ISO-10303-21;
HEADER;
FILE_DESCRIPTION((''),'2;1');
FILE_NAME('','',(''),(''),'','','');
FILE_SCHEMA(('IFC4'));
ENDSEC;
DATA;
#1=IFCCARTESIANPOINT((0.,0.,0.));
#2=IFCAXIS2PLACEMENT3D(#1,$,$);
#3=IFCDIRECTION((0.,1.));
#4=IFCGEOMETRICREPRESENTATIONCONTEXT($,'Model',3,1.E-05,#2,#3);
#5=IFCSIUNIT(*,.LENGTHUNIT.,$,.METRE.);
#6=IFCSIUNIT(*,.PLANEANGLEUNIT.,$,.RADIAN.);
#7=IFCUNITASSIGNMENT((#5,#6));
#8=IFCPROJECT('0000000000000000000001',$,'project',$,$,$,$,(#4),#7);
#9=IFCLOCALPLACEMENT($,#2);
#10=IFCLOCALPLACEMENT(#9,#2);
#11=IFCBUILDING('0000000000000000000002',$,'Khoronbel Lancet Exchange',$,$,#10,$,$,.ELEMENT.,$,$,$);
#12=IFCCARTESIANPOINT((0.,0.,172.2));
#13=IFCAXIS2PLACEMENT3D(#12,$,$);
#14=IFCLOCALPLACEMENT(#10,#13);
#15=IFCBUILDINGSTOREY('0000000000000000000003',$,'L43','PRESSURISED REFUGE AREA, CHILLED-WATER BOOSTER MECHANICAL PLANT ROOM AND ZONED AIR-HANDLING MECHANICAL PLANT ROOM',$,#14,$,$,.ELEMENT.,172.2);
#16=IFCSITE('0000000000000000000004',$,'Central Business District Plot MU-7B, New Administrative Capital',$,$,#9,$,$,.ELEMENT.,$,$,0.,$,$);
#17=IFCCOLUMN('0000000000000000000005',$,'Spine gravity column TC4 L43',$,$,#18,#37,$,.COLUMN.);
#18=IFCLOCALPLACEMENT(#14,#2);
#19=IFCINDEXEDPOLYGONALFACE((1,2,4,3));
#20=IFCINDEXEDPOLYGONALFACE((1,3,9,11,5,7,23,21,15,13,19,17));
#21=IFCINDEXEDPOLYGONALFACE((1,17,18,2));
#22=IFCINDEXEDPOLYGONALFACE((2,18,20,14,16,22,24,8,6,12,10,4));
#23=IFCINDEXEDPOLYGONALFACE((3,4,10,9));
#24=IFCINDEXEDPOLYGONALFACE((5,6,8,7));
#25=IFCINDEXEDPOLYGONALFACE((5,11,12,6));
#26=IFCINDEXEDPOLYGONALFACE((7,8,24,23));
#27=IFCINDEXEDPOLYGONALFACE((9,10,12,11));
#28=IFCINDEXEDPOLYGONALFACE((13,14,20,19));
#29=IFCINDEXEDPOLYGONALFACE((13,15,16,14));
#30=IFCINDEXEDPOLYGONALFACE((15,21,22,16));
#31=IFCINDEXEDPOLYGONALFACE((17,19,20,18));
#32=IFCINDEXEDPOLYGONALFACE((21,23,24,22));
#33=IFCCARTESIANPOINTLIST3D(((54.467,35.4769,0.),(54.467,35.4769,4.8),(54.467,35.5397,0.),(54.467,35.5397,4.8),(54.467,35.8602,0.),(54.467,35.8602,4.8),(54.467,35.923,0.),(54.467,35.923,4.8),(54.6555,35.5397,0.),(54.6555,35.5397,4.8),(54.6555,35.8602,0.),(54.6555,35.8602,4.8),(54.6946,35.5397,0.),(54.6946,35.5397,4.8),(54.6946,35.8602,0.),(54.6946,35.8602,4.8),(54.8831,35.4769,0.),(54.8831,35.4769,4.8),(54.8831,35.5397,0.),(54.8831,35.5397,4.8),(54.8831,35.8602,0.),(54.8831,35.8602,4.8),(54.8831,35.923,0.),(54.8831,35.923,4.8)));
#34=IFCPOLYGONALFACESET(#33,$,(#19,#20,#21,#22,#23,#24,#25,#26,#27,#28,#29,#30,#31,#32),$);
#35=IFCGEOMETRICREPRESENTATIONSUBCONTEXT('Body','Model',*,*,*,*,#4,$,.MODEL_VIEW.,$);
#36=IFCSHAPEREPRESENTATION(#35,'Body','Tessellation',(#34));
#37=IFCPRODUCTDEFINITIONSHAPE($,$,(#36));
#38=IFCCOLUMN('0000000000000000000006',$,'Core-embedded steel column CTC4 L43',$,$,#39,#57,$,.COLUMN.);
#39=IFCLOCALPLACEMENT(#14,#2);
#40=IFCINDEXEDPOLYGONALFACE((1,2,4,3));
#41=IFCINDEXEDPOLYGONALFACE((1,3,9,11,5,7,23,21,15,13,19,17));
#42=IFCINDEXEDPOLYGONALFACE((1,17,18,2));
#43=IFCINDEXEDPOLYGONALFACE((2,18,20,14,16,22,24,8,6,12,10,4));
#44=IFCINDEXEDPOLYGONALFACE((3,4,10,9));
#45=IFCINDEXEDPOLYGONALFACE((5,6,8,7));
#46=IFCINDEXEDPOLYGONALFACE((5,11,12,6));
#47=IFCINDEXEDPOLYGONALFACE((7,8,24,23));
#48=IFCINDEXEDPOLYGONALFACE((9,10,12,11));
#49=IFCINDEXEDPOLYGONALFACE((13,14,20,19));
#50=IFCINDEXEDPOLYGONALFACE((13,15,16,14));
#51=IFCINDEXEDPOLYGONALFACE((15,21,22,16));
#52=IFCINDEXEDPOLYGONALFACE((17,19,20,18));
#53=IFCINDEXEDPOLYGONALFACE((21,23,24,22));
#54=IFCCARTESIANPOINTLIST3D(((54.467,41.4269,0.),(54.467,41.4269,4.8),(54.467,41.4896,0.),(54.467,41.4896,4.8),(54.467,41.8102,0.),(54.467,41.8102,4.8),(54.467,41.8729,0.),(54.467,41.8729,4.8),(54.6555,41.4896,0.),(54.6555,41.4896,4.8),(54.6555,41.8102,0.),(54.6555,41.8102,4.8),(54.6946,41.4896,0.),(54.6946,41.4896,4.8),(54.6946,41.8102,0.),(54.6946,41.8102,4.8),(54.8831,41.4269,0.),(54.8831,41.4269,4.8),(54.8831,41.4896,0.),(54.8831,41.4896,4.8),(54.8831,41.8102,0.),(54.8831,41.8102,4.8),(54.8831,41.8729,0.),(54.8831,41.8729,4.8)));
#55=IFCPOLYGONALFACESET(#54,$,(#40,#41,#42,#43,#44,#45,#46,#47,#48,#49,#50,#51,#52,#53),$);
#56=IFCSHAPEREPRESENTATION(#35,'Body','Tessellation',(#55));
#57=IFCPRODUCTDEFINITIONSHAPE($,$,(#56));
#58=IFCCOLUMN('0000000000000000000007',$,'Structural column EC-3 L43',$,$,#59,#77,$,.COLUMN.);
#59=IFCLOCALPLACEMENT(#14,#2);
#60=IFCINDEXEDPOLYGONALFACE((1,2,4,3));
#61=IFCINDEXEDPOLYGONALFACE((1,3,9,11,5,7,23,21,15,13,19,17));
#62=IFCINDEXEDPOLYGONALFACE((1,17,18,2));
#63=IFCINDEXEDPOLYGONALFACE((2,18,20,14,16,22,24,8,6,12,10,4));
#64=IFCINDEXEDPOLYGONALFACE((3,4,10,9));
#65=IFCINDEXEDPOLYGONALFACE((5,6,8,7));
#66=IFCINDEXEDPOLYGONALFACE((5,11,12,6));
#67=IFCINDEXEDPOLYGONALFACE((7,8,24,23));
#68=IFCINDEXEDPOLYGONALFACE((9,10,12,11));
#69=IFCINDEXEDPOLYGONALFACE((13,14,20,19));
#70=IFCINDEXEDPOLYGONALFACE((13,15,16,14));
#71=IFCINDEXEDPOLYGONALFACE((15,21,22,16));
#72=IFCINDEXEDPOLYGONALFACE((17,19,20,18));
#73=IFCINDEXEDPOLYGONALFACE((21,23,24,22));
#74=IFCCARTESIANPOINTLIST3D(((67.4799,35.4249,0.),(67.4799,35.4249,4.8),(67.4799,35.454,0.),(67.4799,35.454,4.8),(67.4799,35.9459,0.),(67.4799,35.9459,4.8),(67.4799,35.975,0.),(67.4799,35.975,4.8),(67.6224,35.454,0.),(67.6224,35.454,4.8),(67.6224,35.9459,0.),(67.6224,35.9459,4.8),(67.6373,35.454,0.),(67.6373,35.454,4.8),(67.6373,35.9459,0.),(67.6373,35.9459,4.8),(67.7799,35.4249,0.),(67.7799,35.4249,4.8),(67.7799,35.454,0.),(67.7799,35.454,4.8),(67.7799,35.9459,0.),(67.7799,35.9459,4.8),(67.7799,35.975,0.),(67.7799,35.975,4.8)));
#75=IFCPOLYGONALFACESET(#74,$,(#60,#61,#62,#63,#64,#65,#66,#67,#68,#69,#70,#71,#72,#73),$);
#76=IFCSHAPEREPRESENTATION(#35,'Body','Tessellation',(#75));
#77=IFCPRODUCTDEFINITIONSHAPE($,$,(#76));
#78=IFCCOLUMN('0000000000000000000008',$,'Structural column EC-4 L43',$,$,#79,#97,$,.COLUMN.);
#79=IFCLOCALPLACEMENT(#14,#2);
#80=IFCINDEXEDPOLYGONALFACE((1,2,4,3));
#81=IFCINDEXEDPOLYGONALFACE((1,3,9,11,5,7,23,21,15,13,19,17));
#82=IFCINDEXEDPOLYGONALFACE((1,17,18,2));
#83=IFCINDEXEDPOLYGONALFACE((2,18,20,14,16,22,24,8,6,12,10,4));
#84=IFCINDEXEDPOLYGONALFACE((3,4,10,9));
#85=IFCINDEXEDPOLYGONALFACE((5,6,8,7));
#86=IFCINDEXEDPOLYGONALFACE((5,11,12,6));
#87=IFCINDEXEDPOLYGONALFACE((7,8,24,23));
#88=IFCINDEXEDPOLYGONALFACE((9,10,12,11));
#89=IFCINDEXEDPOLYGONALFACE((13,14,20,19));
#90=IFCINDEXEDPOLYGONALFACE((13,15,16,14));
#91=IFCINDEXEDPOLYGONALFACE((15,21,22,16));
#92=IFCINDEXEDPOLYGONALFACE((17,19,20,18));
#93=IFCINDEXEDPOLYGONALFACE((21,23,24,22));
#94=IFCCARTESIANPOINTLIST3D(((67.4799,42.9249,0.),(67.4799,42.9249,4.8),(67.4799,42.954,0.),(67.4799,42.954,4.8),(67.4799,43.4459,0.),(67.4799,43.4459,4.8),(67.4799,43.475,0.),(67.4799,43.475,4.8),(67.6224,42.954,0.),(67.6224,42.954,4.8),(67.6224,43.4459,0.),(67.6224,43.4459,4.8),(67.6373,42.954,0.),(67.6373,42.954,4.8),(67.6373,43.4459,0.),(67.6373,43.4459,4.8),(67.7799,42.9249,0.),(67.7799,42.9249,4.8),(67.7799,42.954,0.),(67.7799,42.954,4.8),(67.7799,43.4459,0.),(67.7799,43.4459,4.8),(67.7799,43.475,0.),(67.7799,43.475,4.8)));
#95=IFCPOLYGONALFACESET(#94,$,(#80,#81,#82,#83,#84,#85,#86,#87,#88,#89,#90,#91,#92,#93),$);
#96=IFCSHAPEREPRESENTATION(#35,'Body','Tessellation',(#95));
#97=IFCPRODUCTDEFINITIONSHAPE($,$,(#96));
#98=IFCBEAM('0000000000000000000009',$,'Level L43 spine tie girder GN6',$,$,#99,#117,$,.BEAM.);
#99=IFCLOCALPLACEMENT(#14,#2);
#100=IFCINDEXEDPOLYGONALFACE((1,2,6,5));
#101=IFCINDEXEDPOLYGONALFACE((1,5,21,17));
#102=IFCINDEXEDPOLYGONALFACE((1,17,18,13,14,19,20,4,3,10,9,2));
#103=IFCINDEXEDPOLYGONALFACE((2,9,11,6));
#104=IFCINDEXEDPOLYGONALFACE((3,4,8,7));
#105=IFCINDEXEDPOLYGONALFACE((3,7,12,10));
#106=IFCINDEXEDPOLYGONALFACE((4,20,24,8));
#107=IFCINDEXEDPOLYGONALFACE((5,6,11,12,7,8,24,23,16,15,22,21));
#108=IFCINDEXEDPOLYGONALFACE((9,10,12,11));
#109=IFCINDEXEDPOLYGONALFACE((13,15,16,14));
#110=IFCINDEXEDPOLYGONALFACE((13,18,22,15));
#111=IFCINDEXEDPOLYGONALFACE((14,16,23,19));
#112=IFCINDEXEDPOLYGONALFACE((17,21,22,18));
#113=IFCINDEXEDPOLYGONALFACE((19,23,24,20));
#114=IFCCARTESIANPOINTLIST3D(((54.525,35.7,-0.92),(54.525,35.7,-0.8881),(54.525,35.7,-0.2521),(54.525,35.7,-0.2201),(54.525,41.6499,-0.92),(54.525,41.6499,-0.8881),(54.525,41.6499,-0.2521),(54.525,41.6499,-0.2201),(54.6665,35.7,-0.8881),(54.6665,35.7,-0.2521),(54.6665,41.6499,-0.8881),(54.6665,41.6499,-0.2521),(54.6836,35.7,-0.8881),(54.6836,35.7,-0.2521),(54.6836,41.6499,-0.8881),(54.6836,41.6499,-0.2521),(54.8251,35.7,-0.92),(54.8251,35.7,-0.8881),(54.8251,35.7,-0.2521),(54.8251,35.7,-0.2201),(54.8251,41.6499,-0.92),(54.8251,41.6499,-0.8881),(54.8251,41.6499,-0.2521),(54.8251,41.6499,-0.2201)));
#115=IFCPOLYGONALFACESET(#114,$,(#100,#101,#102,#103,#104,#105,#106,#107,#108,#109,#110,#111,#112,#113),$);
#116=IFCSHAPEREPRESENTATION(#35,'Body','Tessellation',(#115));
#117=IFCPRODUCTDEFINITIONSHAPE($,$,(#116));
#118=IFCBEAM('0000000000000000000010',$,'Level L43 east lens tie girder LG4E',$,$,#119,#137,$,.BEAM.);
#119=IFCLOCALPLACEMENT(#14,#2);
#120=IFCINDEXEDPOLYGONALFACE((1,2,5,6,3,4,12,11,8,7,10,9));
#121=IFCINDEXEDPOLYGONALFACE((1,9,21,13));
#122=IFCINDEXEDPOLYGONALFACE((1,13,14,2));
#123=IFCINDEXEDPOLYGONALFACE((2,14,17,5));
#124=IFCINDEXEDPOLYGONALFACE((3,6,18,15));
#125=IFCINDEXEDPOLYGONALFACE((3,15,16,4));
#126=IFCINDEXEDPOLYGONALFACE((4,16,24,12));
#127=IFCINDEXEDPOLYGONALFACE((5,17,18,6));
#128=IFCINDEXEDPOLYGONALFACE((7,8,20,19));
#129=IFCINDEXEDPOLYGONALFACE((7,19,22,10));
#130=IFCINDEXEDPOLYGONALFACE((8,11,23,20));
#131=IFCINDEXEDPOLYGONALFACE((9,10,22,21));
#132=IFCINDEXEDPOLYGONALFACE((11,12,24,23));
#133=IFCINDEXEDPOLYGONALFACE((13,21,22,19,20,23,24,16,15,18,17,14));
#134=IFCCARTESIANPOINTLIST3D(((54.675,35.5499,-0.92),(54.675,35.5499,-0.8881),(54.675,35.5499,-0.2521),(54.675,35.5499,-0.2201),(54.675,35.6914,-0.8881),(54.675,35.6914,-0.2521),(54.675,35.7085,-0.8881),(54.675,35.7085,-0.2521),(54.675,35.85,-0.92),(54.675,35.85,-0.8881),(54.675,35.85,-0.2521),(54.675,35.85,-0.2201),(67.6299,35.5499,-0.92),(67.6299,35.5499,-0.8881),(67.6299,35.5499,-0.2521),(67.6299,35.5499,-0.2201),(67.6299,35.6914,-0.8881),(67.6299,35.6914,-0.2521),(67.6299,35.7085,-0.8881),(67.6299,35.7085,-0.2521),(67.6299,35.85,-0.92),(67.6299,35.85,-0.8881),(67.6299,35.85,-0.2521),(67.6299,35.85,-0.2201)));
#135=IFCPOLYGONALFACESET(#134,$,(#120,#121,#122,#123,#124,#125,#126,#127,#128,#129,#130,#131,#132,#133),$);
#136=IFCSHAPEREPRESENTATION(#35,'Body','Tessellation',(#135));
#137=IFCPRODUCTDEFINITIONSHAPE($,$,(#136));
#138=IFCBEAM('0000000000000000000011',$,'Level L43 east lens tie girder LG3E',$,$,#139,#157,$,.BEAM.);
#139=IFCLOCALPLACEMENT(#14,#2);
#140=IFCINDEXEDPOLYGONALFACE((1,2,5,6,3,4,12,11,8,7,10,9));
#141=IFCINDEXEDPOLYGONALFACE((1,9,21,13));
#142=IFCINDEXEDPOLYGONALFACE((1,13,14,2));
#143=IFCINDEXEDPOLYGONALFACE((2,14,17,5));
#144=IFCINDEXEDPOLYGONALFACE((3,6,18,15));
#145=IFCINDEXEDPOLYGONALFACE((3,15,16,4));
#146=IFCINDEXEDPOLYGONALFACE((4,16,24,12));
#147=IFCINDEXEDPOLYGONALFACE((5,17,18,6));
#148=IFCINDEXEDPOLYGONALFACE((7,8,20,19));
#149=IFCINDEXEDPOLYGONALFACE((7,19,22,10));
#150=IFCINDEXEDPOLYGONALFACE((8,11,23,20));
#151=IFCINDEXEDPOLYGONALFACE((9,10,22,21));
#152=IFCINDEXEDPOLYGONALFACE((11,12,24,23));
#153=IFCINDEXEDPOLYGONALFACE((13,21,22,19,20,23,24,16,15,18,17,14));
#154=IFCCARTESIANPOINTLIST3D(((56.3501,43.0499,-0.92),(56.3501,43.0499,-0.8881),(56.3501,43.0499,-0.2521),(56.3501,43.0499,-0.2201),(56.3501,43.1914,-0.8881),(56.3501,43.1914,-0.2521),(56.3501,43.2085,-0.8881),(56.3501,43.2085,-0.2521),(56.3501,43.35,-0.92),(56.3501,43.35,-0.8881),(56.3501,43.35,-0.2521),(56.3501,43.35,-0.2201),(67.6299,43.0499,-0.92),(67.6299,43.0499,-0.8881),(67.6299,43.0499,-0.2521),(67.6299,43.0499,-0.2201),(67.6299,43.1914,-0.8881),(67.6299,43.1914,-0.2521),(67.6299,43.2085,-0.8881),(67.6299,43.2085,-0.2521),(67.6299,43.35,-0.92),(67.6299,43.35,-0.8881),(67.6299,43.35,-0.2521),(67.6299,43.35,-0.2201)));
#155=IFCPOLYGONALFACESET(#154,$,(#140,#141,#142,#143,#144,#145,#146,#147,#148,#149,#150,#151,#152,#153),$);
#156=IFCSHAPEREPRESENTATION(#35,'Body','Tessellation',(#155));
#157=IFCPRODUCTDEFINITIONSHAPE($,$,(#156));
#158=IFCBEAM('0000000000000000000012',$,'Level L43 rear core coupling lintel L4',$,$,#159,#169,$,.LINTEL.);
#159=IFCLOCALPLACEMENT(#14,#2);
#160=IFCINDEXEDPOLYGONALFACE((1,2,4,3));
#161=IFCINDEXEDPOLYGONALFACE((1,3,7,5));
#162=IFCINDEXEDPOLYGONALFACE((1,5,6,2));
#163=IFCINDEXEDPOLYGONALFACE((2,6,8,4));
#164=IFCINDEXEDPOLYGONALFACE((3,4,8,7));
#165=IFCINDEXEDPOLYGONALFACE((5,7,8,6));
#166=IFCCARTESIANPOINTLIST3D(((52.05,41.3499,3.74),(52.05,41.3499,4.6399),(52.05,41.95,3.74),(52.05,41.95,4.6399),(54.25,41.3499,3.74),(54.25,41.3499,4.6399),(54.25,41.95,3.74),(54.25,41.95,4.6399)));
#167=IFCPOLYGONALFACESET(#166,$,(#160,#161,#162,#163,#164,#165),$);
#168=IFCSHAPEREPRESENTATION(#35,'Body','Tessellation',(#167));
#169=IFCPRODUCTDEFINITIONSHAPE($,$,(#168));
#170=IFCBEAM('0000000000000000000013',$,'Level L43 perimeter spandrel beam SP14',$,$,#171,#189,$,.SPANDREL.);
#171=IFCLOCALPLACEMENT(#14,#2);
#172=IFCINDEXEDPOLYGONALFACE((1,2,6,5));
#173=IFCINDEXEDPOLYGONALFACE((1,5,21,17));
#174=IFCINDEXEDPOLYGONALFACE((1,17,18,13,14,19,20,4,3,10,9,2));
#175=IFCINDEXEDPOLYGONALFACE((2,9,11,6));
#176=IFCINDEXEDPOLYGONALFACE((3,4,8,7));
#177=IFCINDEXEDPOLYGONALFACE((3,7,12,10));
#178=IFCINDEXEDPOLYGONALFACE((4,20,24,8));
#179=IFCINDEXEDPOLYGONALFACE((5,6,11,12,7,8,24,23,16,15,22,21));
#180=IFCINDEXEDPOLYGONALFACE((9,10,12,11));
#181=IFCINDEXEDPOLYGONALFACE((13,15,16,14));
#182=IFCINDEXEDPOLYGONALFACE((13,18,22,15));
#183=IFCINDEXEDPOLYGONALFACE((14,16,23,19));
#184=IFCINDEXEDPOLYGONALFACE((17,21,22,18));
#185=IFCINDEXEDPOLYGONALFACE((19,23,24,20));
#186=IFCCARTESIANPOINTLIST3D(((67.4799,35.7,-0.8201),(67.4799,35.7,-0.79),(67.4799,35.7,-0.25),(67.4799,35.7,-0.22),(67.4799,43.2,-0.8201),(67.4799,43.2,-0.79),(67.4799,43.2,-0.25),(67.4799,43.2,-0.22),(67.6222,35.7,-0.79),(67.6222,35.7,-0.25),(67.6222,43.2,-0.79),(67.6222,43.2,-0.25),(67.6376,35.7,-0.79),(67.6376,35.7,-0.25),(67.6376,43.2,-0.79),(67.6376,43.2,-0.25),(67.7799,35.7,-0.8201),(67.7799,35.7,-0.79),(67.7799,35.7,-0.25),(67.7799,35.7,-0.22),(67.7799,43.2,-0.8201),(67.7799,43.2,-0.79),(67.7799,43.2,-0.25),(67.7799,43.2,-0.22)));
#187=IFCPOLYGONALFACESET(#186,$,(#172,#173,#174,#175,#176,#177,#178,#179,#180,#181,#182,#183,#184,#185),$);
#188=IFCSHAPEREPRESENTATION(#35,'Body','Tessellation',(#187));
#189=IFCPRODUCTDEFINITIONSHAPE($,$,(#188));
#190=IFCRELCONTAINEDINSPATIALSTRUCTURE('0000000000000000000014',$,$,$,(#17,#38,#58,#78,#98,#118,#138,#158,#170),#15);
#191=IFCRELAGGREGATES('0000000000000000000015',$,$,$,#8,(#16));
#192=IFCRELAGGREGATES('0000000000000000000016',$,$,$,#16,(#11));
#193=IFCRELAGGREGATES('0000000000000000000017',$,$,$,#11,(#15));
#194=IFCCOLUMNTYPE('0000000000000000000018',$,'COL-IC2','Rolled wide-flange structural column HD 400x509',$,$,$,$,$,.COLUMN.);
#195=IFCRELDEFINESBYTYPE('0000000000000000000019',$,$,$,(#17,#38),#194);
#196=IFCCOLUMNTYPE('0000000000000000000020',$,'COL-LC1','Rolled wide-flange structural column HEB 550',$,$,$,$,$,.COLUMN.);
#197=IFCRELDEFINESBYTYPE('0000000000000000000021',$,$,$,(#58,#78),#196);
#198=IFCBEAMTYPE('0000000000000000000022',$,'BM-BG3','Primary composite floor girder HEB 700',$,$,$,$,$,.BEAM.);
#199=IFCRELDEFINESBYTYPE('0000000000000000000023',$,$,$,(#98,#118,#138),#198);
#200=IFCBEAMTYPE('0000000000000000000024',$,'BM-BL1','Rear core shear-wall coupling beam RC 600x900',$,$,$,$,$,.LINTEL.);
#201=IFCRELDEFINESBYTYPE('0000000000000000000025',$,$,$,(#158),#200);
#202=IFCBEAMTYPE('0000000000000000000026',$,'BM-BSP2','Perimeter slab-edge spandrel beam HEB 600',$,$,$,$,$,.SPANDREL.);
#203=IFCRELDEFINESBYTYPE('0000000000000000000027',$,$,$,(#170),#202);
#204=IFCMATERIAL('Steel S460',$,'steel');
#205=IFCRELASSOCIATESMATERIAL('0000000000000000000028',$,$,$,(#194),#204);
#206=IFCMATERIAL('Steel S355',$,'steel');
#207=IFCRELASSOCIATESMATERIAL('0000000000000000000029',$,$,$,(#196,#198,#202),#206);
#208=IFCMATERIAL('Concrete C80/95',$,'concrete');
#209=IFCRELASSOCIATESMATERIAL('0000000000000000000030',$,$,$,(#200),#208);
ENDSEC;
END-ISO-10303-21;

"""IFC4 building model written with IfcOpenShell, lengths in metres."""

from ifc_helpers import new_model, si_unit, direction, frame, origin, origin_2d, place, context, subcontext, project, spatial, rectangle, i_section, extrude, material, material_profile, profile_set, type_object, element, save


model = new_model("IFC4")

# Units and contexts
model_context = context("Model", 3, precision=1e-05, world=origin(), true_north=direction((0.0, 1.0)))
body_context = subcontext(model_context, "Body", "Model", "MODEL_VIEW")
ifc_project = project(units=[si_unit("LENGTHUNIT", "METRE"), si_unit("PLANEANGLEUNIT", "RADIAN")], contexts=[model_context])

# Site, building, storey
site_placement = place(None, origin())
site = spatial("IfcSite", under=ifc_project, at=site_placement, Name="Central Business District Plot MU-7B, New Administrative Capital", CompositionType="ELEMENT", RefElevation=0.0)
building_placement = place(site_placement, origin())
building = spatial("IfcBuilding", under=site, at=building_placement, Name="Khoronbel Lancet Exchange", CompositionType="ELEMENT")
storey_placement = place(building_placement, frame((0.0, 0.0, 172.2)))
storey = spatial("IfcBuildingStorey", under=building, at=storey_placement, Name="L43", Description="PRESSURISED REFUGE AREA, CHILLED-WATER BOOSTER MECHANICAL PLANT ROOM AND ZONED AIR-HANDLING MECHANICAL PLANT ROOM", CompositionType="ELEMENT", Elevation=172.2)

# Columns
ifc_material_1 = material(Name="Steel S460", Category="steel")
ifc_material_profile_1 = material_profile(ifc_material_1, i_section(OverallWidth=0.416, OverallDepth=0.446, WebThickness=0.0391, FlangeThickness=0.0627, at=origin_2d()), Name="HD 400x509")
ifc_profile_set_1 = profile_set([ifc_material_profile_1], Name="Steel S460")
column_type_1 = type_object("IfcColumnType", Name="COL-IC2", Description="Rolled wide-flange structural column HD 400x509", PredefinedType="COLUMN", material=ifc_profile_set_1)
for number, where, z_axis, x_axis, name in (
    (1, (54.675, 35.7, 0.0), (0.0, 0.0, 1.0), (1.0, 0.0, 0.0), "Spine gravity column TC4 L43"),
    (2, (54.675, 41.6499, 0.0), (0.0, 0.0, 1.0), (1.0, 0.0, 0.0), "Core-embedded steel column CTC4 L43"),
):
    element("IfcColumn", number, at=place(storey_placement, frame(where, z_axis=z_axis, x_axis=x_axis)), inside=storey, type_object=column_type_1, Name=name, PredefinedType="COLUMN", context=body_context, shape_type="SweptSolid", body=[
        extrude(i_section(OverallWidth=0.416, OverallDepth=0.446, WebThickness=0.0391, FlangeThickness=0.0627, at=origin_2d()), origin(), (0.0, 0.0, 1.0), 4.8),
    ])
ifc_material_2 = material(Name="Steel S355", Category="steel")
ifc_material_profile_2 = material_profile(ifc_material_2, i_section(OverallWidth=0.3, OverallDepth=0.55, WebThickness=0.0149, FlangeThickness=0.0291, at=origin_2d()), Name="HEB 550")
ifc_profile_set_2 = profile_set([ifc_material_profile_2], Name="Steel S355")
column_type_2 = type_object("IfcColumnType", Name="COL-LC1", Description="Rolled wide-flange structural column HEB 550", PredefinedType="COLUMN", material=ifc_profile_set_2)
for number, where, z_axis, x_axis, name in (
    (3, (67.6299, 35.7, 0.0), (0.0, 0.0, 1.0), (1.0, 0.0, 0.0), "Structural column EC-3 L43"),
    (4, (67.6299, 43.2, 0.0), (0.0, 0.0, 1.0), (1.0, 0.0, 0.0), "Structural column EC-4 L43"),
):
    element("IfcColumn", number, at=place(storey_placement, frame(where, z_axis=z_axis, x_axis=x_axis)), inside=storey, type_object=column_type_2, Name=name, PredefinedType="COLUMN", context=body_context, shape_type="SweptSolid", body=[
        extrude(i_section(OverallWidth=0.3, OverallDepth=0.55, WebThickness=0.0149, FlangeThickness=0.0291, at=origin_2d()), origin(), (0.0, 0.0, 1.0), 4.8),
    ])

# Beams
ifc_material_profile_3 = material_profile(ifc_material_2, i_section(OverallWidth=0.3, OverallDepth=0.7, WebThickness=0.0171, FlangeThickness=0.032, at=origin_2d()), Name="HEB 700")
ifc_profile_set_3 = profile_set([ifc_material_profile_3], Name="Steel S355")
beam_type_1 = type_object("IfcBeamType", Name="BM-BG3", Description="Primary composite floor girder HEB 700", PredefinedType="BEAM", material=ifc_profile_set_3)
beam_1_placement = place(storey_placement, frame((54.675, 35.7, -0.5701), z_axis=(0.0, 1.0, 0.0), x_axis=(-1.0, 0.0, 0.0)))
element("IfcBeam", 5, at=beam_1_placement, inside=storey, type_object=beam_type_1, Name="Level L43 spine tie girder GN6", PredefinedType="BEAM", context=body_context, shape_type="SweptSolid", body=[
    extrude(i_section(OverallWidth=0.3, OverallDepth=0.7, WebThickness=0.0171, FlangeThickness=0.032, at=origin_2d()), origin(), (0.0, 0.0, 1.0), 5.95),
])
beam_2_placement = place(storey_placement, frame((54.675, 35.7, -0.5701), z_axis=(1.0, 0.0, 0.0), x_axis=(0.0, 1.0, 0.0)))
element("IfcBeam", 6, at=beam_2_placement, inside=storey, type_object=beam_type_1, Name="Level L43 east lens tie girder LG4E", PredefinedType="BEAM", context=body_context, shape_type="SweptSolid", body=[
    extrude(i_section(OverallWidth=0.3, OverallDepth=0.7, WebThickness=0.0171, FlangeThickness=0.032, at=origin_2d()), origin(), (0.0, 0.0, 1.0), 12.9548),
])
beam_3_placement = place(storey_placement, frame((56.3501, 43.2, -0.5701), z_axis=(1.0, 0.0, 0.0), x_axis=(0.0, 1.0, 0.0)))
element("IfcBeam", 7, at=beam_3_placement, inside=storey, type_object=beam_type_1, Name="Level L43 east lens tie girder LG3E", PredefinedType="BEAM", context=body_context, shape_type="SweptSolid", body=[
    extrude(i_section(OverallWidth=0.3, OverallDepth=0.7, WebThickness=0.0171, FlangeThickness=0.032, at=origin_2d()), origin(), (0.0, 0.0, 1.0), 11.2798),
])
ifc_material_3 = material(Name="Concrete C80/95", Category="concrete")
ifc_material_profile_4 = material_profile(ifc_material_3, rectangle(XDim=0.6001, YDim=0.8999, at=origin_2d()), Name="RC 600x900")
ifc_profile_set_4 = profile_set([ifc_material_profile_4], Name="Concrete C80/95")
beam_type_2 = type_object("IfcBeamType", Name="BM-BL1", Description="Rear core shear-wall coupling beam RC 600x900", PredefinedType="LINTEL", material=ifc_profile_set_4)
beam_4_placement = place(storey_placement, frame((52.05, 41.6499, 4.1899), z_axis=(1.0, 0.0, 0.0), x_axis=(0.0, 1.0, 0.0)))
element("IfcBeam", 8, at=beam_4_placement, inside=storey, type_object=beam_type_2, Name="Level L43 rear core coupling lintel L4", PredefinedType="LINTEL", context=body_context, shape_type="SweptSolid", body=[
    extrude(rectangle(XDim=0.6001, YDim=0.8999, at=origin_2d()), origin(), (0.0, 0.0, 1.0), 2.2),
])
ifc_material_profile_5 = material_profile(ifc_material_2, i_section(OverallWidth=0.3, OverallDepth=0.6001, WebThickness=0.0154, FlangeThickness=0.03, at=origin_2d()), Name="HEB 600")
ifc_profile_set_5 = profile_set([ifc_material_profile_5], Name="Steel S355")
beam_type_3 = type_object("IfcBeamType", Name="BM-BSP2", Description="Perimeter slab-edge spandrel beam HEB 600", PredefinedType="SPANDREL", material=ifc_profile_set_5)
beam_5_placement = place(storey_placement, frame((67.6299, 35.7, -0.52), z_axis=(0.0, 1.0, 0.0), x_axis=(-1.0, 0.0, 0.0)))
element("IfcBeam", 9, at=beam_5_placement, inside=storey, type_object=beam_type_3, Name="Level L43 perimeter spandrel beam SP14", PredefinedType="SPANDREL", context=body_context, shape_type="SweptSolid", body=[
    extrude(i_section(OverallWidth=0.3, OverallDepth=0.6001, WebThickness=0.0154, FlangeThickness=0.03, at=origin_2d()), origin(), (0.0, 0.0, 1.0), 7.5),
])

save(model, "model.ifc")
